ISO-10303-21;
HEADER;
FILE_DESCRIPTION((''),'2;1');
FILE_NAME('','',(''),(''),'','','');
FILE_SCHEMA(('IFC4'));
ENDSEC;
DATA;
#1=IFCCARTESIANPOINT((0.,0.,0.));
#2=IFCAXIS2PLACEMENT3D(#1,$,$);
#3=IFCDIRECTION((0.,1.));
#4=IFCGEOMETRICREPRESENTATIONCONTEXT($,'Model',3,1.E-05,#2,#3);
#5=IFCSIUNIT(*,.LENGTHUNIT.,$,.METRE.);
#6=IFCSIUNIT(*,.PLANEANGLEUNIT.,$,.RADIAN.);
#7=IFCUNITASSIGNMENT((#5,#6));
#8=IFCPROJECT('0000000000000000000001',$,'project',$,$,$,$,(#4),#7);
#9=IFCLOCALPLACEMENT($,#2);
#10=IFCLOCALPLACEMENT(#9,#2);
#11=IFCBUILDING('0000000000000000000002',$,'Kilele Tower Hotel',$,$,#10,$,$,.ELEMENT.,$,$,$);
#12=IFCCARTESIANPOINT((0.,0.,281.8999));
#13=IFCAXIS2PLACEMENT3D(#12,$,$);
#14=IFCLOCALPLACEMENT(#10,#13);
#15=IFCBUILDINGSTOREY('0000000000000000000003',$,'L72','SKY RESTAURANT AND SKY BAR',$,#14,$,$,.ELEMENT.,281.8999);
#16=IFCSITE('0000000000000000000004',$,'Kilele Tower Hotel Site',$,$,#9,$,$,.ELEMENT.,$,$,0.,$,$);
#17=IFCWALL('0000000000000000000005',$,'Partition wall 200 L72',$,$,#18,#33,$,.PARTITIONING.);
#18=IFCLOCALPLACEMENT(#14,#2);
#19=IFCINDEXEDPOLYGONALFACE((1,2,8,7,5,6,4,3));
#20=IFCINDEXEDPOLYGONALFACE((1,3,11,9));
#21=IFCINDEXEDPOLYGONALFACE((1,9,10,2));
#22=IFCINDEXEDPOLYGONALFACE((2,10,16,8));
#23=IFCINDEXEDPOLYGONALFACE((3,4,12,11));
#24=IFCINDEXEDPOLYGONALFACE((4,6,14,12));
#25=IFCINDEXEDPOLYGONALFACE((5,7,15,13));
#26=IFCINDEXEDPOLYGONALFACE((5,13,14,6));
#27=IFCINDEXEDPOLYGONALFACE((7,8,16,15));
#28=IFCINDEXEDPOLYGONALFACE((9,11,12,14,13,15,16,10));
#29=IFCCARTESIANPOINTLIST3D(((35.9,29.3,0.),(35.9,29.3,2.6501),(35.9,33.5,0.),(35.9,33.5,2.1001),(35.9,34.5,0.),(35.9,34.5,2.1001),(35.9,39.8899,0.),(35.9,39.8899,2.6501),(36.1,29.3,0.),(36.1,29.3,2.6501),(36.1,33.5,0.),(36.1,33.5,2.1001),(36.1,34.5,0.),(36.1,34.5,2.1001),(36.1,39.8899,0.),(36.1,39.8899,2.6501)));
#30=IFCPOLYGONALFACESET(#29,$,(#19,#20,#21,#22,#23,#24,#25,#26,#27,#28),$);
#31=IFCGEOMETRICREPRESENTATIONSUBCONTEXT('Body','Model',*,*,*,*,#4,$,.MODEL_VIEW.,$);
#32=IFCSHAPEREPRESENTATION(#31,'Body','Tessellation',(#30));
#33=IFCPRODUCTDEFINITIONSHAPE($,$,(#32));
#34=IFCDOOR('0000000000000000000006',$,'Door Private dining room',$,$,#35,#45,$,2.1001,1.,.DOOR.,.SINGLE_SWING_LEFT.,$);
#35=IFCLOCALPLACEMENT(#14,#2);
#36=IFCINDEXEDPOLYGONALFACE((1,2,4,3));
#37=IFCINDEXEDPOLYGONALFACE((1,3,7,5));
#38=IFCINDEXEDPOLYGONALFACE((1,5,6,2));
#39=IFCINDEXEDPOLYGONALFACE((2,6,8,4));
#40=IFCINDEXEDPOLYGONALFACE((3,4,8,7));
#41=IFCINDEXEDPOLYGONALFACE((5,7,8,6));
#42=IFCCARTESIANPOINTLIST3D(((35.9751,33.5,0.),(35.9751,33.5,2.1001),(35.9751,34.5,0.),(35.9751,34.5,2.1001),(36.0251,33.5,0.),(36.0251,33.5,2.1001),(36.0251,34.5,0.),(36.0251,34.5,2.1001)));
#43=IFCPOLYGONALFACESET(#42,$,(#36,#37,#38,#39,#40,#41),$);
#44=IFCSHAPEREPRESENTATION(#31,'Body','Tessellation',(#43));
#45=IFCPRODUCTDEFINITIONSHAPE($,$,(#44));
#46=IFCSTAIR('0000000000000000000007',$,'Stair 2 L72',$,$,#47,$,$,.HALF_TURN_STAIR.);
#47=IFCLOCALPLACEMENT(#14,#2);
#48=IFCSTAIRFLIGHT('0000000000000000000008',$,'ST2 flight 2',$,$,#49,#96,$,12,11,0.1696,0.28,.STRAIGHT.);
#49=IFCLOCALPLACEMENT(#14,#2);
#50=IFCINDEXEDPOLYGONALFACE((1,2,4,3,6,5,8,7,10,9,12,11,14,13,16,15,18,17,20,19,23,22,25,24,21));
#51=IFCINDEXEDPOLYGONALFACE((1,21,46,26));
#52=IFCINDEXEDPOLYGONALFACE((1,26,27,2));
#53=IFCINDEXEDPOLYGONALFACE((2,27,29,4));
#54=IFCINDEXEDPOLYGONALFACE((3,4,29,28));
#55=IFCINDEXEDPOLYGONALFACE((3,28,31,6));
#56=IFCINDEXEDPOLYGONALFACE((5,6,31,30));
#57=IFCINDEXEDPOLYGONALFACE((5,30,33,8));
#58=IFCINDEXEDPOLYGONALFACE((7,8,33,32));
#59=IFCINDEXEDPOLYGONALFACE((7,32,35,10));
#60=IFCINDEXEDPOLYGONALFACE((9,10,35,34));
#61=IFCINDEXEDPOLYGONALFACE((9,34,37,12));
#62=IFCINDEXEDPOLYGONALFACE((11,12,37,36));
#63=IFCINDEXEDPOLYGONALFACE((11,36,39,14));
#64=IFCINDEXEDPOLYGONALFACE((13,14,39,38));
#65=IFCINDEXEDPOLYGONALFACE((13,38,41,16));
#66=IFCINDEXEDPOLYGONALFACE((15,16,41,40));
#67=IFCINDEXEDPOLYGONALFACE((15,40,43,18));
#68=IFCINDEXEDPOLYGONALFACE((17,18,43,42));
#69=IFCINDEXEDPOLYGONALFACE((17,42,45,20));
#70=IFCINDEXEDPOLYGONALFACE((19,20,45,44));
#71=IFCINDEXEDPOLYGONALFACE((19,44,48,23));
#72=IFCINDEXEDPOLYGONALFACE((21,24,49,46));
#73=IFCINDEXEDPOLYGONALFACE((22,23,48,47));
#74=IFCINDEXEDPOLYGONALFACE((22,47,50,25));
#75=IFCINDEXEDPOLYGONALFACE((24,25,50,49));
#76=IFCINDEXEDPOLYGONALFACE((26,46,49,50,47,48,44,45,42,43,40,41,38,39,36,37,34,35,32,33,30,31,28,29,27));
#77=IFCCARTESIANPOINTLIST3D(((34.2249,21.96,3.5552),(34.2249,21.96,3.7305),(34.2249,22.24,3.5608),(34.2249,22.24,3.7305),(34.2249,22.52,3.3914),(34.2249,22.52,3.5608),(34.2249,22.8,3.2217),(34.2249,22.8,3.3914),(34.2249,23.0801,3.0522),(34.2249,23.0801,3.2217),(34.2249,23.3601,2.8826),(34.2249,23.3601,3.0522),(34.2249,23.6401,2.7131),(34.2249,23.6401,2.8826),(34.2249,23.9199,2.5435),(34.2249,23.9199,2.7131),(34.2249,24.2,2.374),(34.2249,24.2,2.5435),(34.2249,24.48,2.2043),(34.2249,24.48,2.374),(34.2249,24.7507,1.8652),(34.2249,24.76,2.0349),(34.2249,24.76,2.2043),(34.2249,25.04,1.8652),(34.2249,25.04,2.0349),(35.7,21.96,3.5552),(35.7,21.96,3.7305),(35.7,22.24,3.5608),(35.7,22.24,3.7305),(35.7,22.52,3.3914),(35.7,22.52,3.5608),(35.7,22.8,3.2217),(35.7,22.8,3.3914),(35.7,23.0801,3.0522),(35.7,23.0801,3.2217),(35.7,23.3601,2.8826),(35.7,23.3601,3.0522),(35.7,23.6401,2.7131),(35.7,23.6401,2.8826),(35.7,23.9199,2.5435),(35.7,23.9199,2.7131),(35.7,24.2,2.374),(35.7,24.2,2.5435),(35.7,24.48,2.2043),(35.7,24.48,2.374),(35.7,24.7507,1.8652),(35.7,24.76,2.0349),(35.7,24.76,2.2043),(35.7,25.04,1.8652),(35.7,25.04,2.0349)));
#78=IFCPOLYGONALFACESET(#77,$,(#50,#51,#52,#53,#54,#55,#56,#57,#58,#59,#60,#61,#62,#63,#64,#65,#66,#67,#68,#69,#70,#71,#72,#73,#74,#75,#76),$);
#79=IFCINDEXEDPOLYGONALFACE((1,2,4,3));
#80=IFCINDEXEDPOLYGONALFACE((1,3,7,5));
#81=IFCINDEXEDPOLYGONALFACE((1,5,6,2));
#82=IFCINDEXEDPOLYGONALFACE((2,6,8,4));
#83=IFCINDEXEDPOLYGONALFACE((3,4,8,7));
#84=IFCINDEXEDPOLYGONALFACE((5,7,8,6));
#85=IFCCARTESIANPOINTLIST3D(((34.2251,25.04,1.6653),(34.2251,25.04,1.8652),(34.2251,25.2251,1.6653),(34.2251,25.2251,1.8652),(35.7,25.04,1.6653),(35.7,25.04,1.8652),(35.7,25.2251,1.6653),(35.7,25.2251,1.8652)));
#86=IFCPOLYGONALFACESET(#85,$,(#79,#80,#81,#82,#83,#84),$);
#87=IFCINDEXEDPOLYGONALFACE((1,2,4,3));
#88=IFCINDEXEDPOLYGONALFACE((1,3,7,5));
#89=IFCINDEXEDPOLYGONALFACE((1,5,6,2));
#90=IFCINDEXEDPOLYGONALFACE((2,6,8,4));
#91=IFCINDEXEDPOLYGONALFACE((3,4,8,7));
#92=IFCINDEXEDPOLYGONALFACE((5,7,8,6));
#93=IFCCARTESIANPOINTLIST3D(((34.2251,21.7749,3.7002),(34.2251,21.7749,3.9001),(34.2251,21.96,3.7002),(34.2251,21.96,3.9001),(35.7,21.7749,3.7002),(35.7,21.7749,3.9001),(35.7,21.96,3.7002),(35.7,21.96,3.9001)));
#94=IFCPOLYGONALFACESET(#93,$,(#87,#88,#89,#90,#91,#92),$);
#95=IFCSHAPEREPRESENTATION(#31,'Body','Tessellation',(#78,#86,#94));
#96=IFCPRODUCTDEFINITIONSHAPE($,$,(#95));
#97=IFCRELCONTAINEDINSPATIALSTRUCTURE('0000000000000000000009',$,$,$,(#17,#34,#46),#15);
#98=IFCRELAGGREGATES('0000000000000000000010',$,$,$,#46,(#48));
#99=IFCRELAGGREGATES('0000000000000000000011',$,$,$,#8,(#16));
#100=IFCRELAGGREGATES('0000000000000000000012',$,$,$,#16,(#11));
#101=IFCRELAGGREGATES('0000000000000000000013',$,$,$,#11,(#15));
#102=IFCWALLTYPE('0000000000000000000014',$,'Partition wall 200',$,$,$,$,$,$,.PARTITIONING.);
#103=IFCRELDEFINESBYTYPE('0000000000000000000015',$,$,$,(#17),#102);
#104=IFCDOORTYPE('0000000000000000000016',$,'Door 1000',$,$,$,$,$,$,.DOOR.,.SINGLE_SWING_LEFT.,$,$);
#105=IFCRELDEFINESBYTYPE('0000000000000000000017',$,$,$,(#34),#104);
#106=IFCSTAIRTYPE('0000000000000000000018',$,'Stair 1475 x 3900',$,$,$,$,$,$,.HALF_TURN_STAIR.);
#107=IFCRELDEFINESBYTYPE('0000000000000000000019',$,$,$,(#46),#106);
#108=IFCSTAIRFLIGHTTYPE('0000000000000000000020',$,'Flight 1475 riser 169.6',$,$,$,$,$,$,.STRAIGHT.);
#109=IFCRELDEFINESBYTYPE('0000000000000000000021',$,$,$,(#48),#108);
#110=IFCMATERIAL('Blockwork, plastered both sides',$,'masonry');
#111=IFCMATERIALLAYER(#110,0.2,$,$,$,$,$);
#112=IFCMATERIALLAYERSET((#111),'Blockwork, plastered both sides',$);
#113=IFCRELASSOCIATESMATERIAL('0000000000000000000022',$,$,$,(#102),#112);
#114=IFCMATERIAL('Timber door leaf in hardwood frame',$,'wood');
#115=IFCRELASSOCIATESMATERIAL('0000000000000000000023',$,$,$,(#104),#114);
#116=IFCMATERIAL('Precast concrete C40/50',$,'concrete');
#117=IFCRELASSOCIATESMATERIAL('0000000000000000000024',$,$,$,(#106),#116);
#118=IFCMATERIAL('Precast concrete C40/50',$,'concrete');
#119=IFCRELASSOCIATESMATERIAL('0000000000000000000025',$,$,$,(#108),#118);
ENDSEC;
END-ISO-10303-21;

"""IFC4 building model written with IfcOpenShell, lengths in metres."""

from ifc_helpers import new_model, si_unit, direction, frame, frame_2d, origin, place, context, subcontext, project, spatial, polyline, rectangle, outline, extrude, material, layer, layer_set, type_object, element, fill, aggregate, save


model = new_model("IFC4")

# Units and contexts
model_context = context("Model", 3, precision=1e-05, world=origin(), true_north=direction((0.0, 1.0)))
body_context = subcontext(model_context, "Body", "Model", "MODEL_VIEW")
ifc_project = project(units=[si_unit("LENGTHUNIT", "METRE"), si_unit("PLANEANGLEUNIT", "RADIAN")], contexts=[model_context])

# Site, building, storey
site_placement = place(None, origin())
site = spatial("IfcSite", under=ifc_project, at=site_placement, Name="Kilele Tower Hotel Site", CompositionType="ELEMENT", RefElevation=0.0)
building_placement = place(site_placement, origin())
building = spatial("IfcBuilding", under=site, at=building_placement, Name="Kilele Tower Hotel", CompositionType="ELEMENT")
storey_placement = place(building_placement, frame((0.0, 0.0, 281.8999)))
storey = spatial("IfcBuildingStorey", under=building, at=storey_placement, Name="L72", Description="SKY RESTAURANT AND SKY BAR", CompositionType="ELEMENT", Elevation=281.8999)

# Wall, opening, door
ifc_material_1 = material(Name="Blockwork, plastered both sides", Category="masonry")
ifc_layer_1 = layer(ifc_material_1, 0.2)
ifc_layer_set_1 = layer_set([ifc_layer_1], Name="Blockwork, plastered both sides")
wall_type_1 = type_object("IfcWallType", Name="Partition wall 200", PredefinedType="PARTITIONING", material=ifc_layer_set_1)
wall_1_placement = place(storey_placement, frame((36.0, 29.3, 0.0), z_axis=(0.0, 0.0, 1.0), x_axis=(0.0, 1.0, 0.0)))
wall_1 = element("IfcWall", 1, at=wall_1_placement, inside=storey, type_object=wall_type_1, Name="Partition wall 200 L72", PredefinedType="PARTITIONING", context=body_context, shape_type="SweptSolid", body=[
    extrude(rectangle(XDim=10.5898, YDim=0.2, at=frame_2d((5.2949, 0.0))), origin(), (0.0, 0.0, 1.0), 2.6501),
])
opening_1_placement = place(wall_1_placement, frame((4.2, 0.0, 0.0)))
opening_1 = element("IfcOpeningElement", 2, at=opening_1_placement, cuts=wall_1, PredefinedType="OPENING", context=body_context, shape_type="SweptSolid", body=[
    extrude(rectangle(XDim=1.0, YDim=2.1001, at=frame_2d((0.5, 1.05))), frame((0.0, 0.1099, 0.0), z_axis=(0.0, -1.0, 0.0), x_axis=(1.0, 0.0, 0.0)), (0.0, 0.0, 1.0), 0.22),
])
ifc_material_2 = material(Name="Timber door leaf in hardwood frame", Category="wood")
door_type_1 = type_object("IfcDoorType", Name="Door 1000", OperationType="SINGLE_SWING_LEFT", PredefinedType="DOOR", material=ifc_material_2)
door_1_placement = place(opening_1_placement, origin())
door_1 = element("IfcDoor", 3, at=door_1_placement, inside=storey, type_object=door_type_1, Name="Door Private dining room", OperationType="SINGLE_SWING_LEFT", OverallHeight=2.1001, OverallWidth=1.0, PredefinedType="DOOR", context=body_context, shape_type="SweptSolid", body=[
    extrude(rectangle(XDim=1.0, YDim=2.1001, at=frame_2d((0.5, 1.05))), frame((0.0, 0.0249, 0.0), z_axis=(0.0, -1.0, 0.0), x_axis=(1.0, 0.0, 0.0)), (0.0, 0.0, 1.0), 0.05),
])
fill(opening_1, door_1)

# Stair, stair flight
ifc_material_3 = material(Name="Precast concrete C40/50", Category="concrete")
stair_type = type_object("IfcStairType", Name="Stair 1475 x 3900", PredefinedType="HALF_TURN_STAIR", material=ifc_material_3)
stair_placement = place(storey_placement, origin())
stair = element("IfcStair", 4, at=stair_placement, inside=storey, type_object=stair_type, Name="Stair 2 L72", PredefinedType="HALF_TURN_STAIR")
ifc_material_4 = material(Name="Precast concrete C40/50", Category="concrete")
stair_flight_type = type_object("IfcStairFlightType", Name="Flight 1475 riser 169.6", PredefinedType="STRAIGHT", material=ifc_material_4)
stair_flight_placement = place(storey_placement, frame((34.9624, 25.04, 1.8652), z_axis=(0.0, 0.0, 1.0), x_axis=(0.0, -1.0, 0.0)))
stair_flight = element("IfcStairFlight", 5, at=stair_flight_placement, type_object=stair_flight_type, Name="ST2 flight 2", NumberOfRisers=12, NumberOfTreads=11, PredefinedType="STRAIGHT", RiserHeight=0.1696, TreadLength=0.28, context=body_context, shape_type="SweptSolid", body=[
    extrude(outline(polyline([(0.0, 0.0), (0.0, 0.1697), (0.28, 0.1697), (0.28, 0.3391), (0.5601, 0.3391), (0.5601, 0.5088), (0.8401, 0.5088), (0.8401, 0.6782), (1.1201, 0.6782), (1.1201, 0.8479), (1.3999, 0.8479), (1.3999, 1.0173), (1.6799, 1.0173), (1.6799, 1.187), (1.96, 1.187), (1.96, 1.3564), (2.24, 1.3564), (2.24, 1.5261), (2.52, 1.5261), (2.52, 1.6956), (2.8, 1.6956), (2.8, 1.8652), (3.0801, 1.8652), (3.0801, 2.0347), (3.0801, 1.6899), (0.2893, 0.0), (0.0, 0.0)])), frame((0.0, 0.7375, 0.0), z_axis=(0.0, -1.0, 0.0), x_axis=(1.0, 0.0, 0.0)), (0.0, 0.0, 1.0), 1.4751),
    extrude(outline(polyline([(0.0, -0.7373), (0.0, 0.7375), (-0.1851, 0.7375), (-0.1851, -0.7373), (0.0, -0.7373)])), frame((0.0, 0.0, -0.2)), (0.0, 0.0, 1.0), 0.2),
    extrude(outline(polyline([(3.2651, -0.7373), (3.2651, 0.7375), (3.0801, 0.7375), (3.0801, -0.7373), (3.2651, -0.7373)])), frame((0.0, 0.0, 1.835)), (0.0, 0.0, 1.0), 0.2),
])
aggregate(stair, [stair_flight])

save(model, "model.ifc")
